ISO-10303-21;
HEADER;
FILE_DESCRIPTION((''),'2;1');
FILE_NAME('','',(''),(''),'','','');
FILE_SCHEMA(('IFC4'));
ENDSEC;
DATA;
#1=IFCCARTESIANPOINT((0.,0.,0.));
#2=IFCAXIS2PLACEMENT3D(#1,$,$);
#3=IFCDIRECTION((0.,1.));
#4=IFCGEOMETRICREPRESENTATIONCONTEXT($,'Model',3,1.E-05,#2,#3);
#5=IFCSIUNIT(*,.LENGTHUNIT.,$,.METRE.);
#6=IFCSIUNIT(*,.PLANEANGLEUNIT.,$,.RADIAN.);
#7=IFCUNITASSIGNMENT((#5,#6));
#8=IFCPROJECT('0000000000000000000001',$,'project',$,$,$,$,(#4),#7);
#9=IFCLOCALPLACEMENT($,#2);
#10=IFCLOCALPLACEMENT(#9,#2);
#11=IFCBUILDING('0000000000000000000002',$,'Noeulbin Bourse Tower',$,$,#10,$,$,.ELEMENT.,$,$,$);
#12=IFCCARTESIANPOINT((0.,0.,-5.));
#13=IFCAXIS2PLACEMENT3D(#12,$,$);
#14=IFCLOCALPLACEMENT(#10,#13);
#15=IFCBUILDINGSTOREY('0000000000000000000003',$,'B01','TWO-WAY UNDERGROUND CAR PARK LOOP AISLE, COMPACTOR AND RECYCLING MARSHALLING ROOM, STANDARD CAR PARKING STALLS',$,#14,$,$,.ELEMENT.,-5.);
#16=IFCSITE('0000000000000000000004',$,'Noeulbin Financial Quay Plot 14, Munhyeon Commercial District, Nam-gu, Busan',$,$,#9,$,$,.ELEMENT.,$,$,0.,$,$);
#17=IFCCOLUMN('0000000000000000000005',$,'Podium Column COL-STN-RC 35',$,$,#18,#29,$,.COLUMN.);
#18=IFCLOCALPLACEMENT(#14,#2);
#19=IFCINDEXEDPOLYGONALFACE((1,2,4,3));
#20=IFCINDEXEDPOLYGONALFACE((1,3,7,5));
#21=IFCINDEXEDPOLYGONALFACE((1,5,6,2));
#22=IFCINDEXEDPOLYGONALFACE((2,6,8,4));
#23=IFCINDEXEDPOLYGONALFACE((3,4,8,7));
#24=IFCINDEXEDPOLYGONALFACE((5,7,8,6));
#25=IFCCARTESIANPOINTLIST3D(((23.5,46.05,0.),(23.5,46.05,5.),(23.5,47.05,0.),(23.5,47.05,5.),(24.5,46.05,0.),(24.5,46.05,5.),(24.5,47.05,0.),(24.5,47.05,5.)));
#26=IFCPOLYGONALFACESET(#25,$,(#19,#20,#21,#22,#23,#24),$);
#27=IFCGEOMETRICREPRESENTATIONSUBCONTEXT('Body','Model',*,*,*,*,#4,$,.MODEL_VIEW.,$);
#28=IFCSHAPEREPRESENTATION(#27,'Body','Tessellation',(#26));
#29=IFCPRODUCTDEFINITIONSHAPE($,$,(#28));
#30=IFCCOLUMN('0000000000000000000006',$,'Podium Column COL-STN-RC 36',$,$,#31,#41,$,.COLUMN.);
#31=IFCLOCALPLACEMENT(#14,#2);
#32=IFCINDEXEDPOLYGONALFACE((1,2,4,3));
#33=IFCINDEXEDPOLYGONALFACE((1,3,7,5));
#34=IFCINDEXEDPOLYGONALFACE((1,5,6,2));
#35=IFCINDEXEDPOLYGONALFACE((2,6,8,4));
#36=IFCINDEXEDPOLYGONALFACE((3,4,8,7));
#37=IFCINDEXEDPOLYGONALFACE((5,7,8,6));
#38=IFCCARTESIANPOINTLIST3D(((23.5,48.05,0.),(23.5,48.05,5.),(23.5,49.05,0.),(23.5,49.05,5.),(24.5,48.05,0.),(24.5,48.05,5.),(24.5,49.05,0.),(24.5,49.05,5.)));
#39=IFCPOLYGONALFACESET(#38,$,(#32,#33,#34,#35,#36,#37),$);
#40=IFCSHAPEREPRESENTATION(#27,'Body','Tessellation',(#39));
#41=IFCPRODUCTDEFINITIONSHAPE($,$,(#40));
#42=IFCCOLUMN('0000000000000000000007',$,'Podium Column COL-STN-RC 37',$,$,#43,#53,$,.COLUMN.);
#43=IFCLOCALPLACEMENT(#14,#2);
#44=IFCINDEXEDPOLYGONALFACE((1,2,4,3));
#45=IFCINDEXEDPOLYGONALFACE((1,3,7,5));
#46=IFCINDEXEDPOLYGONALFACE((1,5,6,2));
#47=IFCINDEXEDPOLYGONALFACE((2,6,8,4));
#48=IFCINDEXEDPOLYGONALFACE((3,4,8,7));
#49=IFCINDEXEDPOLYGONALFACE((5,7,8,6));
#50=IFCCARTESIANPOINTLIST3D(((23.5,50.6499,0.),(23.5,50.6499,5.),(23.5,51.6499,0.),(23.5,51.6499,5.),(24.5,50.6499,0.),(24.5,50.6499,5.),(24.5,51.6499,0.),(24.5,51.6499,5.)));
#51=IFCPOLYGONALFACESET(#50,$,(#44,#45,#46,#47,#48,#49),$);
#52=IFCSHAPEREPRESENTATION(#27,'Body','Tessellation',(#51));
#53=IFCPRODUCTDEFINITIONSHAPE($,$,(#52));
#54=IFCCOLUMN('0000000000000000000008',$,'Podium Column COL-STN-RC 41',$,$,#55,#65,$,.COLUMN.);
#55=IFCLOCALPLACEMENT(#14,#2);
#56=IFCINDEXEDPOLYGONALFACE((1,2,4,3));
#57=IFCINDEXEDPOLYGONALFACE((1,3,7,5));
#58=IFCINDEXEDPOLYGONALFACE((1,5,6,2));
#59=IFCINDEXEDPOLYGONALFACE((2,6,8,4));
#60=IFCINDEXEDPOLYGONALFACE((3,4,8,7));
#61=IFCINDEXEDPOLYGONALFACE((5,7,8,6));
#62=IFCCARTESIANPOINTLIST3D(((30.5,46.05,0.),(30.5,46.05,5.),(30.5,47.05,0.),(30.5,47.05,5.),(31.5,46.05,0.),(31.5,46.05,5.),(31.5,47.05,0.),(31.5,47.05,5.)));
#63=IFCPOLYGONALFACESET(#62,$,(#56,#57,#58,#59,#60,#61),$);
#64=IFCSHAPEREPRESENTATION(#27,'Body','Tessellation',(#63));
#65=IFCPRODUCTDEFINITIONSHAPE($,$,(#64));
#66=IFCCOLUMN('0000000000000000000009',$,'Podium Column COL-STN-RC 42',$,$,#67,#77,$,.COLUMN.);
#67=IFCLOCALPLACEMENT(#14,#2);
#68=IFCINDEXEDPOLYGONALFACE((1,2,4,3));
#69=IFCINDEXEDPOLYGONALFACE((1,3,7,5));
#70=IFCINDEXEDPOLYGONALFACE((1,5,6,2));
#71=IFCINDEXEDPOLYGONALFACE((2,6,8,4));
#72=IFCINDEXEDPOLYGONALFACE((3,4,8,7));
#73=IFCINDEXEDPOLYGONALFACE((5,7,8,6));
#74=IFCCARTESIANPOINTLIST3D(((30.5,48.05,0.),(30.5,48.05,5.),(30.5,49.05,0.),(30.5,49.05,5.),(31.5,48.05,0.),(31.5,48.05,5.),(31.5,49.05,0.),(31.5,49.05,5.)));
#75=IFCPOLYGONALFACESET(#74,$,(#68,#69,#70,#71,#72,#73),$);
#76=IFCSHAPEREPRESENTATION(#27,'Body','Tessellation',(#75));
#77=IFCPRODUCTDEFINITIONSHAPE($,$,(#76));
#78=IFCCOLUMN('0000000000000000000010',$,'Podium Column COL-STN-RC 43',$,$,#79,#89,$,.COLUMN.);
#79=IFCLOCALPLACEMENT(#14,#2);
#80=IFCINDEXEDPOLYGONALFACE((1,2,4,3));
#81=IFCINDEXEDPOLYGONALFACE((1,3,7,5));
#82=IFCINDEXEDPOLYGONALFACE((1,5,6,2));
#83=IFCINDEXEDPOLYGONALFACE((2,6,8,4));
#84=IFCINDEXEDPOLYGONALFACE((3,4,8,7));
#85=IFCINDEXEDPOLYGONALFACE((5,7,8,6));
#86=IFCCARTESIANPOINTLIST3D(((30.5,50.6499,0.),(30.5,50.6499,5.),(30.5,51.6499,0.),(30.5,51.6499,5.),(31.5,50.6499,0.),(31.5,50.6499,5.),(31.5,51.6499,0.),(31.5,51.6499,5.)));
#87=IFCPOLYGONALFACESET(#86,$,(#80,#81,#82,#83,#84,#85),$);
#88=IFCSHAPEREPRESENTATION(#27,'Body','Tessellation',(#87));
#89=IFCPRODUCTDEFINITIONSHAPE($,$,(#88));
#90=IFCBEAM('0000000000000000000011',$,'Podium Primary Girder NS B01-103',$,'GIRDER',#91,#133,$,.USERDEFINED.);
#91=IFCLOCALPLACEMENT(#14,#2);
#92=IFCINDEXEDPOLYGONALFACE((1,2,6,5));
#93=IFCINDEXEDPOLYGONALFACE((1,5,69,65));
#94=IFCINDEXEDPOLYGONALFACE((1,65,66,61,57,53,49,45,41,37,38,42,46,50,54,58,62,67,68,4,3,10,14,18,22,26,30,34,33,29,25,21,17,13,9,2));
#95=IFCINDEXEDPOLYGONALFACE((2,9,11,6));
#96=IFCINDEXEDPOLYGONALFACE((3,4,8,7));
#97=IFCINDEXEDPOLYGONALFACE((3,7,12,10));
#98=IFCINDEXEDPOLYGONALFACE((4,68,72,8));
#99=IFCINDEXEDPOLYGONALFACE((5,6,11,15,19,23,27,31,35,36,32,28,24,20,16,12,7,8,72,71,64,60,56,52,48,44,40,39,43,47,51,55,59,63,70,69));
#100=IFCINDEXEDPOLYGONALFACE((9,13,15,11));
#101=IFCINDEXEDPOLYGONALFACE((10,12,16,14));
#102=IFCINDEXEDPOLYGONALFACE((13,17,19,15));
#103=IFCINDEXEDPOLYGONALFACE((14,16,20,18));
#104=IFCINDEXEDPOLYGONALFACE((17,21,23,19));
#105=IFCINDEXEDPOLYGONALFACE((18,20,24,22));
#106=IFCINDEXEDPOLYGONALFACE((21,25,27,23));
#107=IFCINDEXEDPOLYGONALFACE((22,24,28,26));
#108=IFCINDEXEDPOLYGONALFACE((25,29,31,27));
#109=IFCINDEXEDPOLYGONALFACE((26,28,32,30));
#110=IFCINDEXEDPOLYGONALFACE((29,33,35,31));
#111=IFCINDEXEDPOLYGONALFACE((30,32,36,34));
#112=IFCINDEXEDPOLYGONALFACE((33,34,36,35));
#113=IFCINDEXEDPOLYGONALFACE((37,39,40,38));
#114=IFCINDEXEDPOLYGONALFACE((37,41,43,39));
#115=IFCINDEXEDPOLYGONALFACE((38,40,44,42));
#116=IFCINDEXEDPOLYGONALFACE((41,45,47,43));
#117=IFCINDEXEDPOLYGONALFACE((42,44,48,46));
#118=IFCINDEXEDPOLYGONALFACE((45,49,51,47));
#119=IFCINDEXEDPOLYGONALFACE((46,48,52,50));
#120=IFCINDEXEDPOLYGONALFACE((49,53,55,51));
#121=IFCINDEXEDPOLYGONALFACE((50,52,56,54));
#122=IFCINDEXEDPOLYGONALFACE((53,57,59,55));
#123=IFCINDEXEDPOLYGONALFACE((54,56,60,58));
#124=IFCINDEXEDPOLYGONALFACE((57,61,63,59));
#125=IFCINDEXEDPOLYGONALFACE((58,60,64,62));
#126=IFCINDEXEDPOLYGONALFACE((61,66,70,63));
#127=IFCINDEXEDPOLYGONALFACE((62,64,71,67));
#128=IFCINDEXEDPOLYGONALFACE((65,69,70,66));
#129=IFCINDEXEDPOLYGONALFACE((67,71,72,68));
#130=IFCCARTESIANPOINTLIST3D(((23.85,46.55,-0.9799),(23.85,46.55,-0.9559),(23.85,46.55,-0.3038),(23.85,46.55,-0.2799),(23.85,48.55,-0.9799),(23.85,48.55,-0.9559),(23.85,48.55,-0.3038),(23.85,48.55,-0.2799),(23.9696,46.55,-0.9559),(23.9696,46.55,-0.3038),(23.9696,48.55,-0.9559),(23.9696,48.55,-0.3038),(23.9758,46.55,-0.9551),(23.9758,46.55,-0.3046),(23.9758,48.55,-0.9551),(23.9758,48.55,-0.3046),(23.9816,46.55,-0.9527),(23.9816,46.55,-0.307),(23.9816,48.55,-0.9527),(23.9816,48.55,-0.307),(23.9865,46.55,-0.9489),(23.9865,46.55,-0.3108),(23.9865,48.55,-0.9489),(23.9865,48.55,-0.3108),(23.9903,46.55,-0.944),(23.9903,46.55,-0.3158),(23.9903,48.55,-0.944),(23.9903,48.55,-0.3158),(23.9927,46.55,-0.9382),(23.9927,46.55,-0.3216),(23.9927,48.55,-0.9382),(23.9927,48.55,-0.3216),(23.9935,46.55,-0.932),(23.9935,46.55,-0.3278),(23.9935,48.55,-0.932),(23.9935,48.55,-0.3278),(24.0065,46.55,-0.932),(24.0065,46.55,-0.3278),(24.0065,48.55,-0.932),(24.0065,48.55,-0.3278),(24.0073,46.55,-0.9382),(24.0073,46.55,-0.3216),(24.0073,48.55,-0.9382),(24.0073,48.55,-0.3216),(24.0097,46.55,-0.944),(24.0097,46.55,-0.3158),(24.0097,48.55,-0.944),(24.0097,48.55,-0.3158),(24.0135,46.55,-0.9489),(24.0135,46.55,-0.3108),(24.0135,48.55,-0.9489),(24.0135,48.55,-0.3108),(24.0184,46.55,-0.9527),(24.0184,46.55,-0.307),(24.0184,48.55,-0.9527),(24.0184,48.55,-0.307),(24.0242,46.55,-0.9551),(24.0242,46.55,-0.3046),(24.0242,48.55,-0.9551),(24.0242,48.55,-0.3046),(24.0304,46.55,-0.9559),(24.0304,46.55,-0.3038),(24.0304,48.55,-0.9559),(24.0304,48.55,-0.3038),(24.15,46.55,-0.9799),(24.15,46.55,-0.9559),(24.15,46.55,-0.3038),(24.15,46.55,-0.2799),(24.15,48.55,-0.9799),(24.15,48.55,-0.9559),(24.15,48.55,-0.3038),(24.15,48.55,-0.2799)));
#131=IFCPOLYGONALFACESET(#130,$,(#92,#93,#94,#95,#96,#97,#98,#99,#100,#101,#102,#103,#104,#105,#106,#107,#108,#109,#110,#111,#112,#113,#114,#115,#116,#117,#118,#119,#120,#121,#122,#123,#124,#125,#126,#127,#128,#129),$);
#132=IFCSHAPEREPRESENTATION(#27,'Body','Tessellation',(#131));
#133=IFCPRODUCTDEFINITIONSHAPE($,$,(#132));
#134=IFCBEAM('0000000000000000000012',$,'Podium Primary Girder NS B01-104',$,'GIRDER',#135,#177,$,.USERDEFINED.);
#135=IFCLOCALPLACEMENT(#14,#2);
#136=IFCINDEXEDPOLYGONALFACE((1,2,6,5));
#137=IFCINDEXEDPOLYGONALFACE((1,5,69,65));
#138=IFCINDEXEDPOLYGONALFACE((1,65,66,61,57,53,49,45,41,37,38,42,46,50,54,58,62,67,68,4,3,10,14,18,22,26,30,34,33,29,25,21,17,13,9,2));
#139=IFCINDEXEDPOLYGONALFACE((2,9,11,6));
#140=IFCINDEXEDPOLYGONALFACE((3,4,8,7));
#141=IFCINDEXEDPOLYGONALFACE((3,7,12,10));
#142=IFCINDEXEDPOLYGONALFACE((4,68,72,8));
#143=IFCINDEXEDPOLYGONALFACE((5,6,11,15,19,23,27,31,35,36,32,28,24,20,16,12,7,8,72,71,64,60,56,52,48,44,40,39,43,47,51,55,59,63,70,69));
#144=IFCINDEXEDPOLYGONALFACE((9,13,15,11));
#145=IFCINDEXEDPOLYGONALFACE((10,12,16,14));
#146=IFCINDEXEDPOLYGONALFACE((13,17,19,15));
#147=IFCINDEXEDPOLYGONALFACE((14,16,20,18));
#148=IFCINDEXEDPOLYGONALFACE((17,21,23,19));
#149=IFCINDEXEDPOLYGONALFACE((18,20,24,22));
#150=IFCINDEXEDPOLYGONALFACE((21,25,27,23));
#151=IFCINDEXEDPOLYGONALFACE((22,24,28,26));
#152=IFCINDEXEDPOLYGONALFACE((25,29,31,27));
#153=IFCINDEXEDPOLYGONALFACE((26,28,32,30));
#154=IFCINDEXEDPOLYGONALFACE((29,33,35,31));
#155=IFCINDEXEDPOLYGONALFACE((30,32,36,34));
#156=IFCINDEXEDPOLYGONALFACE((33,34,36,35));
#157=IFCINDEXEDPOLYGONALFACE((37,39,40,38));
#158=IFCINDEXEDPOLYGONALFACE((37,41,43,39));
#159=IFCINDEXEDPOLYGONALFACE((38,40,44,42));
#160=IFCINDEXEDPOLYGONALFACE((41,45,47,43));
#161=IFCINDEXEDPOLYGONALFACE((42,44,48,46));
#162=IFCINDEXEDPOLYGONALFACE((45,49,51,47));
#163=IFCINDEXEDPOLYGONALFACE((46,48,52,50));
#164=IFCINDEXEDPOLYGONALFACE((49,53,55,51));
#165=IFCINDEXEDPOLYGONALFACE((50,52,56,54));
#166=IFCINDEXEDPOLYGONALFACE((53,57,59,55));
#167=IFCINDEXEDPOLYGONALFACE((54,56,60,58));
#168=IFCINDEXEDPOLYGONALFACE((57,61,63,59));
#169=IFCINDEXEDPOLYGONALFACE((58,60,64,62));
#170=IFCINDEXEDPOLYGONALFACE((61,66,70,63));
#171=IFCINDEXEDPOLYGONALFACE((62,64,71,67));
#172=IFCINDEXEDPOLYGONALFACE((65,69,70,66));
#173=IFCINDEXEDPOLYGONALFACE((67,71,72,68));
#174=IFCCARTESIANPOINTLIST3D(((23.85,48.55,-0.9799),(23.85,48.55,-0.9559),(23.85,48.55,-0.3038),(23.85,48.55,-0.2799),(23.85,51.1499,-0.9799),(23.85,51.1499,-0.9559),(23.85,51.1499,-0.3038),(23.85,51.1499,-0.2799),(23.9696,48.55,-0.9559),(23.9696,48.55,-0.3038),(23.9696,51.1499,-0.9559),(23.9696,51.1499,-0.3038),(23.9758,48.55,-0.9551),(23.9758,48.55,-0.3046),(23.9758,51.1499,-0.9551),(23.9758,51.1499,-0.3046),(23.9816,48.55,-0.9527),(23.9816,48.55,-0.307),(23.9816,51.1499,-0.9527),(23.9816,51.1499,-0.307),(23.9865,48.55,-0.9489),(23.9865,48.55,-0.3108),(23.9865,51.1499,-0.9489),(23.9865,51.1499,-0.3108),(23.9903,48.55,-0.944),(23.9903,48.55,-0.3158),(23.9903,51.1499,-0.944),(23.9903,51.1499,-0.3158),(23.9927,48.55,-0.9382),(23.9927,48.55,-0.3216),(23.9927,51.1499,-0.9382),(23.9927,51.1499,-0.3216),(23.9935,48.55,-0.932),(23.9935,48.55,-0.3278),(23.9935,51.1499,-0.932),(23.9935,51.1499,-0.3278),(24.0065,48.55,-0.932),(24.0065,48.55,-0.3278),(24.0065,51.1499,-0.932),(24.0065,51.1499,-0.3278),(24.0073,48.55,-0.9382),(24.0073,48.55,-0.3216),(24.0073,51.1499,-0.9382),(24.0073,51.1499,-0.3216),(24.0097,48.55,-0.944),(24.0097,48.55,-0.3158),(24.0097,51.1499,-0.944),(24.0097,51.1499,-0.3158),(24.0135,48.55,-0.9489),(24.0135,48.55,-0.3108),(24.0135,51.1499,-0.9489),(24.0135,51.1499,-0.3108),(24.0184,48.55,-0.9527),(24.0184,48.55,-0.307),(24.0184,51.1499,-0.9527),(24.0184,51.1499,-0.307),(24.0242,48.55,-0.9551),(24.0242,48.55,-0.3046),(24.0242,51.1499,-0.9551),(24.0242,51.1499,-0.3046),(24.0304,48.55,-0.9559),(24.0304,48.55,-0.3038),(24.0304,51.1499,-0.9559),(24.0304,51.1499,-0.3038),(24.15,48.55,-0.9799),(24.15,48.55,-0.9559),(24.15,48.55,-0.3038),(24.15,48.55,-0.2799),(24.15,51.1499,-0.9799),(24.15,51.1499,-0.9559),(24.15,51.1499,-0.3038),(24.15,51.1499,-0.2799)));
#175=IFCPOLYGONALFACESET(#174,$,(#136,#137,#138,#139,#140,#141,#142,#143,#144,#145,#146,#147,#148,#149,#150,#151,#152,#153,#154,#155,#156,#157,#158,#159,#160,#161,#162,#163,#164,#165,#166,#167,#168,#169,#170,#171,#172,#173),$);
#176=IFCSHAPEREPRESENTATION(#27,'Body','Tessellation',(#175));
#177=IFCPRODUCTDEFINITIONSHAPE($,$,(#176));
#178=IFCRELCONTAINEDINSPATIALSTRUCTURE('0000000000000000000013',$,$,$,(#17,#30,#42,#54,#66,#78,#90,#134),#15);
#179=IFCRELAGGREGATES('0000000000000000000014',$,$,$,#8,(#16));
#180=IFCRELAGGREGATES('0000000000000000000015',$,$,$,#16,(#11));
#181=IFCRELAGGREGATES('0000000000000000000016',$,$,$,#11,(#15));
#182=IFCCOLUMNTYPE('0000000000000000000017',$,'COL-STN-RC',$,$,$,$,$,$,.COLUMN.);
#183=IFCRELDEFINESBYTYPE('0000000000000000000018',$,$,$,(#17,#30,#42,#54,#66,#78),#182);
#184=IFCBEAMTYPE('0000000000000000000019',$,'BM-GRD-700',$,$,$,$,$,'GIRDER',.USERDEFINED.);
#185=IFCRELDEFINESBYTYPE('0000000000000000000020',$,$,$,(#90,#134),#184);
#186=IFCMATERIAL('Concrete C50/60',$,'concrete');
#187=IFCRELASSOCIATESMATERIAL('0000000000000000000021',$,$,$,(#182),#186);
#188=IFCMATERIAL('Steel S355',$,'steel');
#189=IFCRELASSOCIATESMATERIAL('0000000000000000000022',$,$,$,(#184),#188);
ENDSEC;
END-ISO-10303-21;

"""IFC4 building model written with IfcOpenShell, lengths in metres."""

from ifc_helpers import new_model, si_unit, direction, frame, origin, origin_2d, place, context, subcontext, project, spatial, rectangle, i_section, extrude, material, material_profile, profile_set, type_object, element, save


model = new_model("IFC4")

# Units and contexts
model_context = context("Model", 3, precision=1e-05, world=origin(), true_north=direction((0.0, 1.0)))
body_context = subcontext(model_context, "Body", "Model", "MODEL_VIEW")
ifc_project = project(units=[si_unit("LENGTHUNIT", "METRE"), si_unit("PLANEANGLEUNIT", "RADIAN")], contexts=[model_context])

# Site, building, storey
site_placement = place(None, origin())
site = spatial("IfcSite", under=ifc_project, at=site_placement, Name="Noeulbin Financial Quay Plot 14, Munhyeon Commercial District, Nam-gu, Busan", CompositionType="ELEMENT", RefElevation=0.0)
building_placement = place(site_placement, origin())
building = spatial("IfcBuilding", under=site, at=building_placement, Name="Noeulbin Bourse Tower", CompositionType="ELEMENT")
storey_placement = place(building_placement, frame((0.0, 0.0, -5.0)))
storey = spatial("IfcBuildingStorey", under=building, at=storey_placement, Name="B01", Description="TWO-WAY UNDERGROUND CAR PARK LOOP AISLE, COMPACTOR AND RECYCLING MARSHALLING ROOM, STANDARD CAR PARKING STALLS", CompositionType="ELEMENT", Elevation=-5.0)

# Columns
ifc_material_1 = material(Name="Concrete C50/60", Category="concrete")
ifc_material_profile_1 = material_profile(ifc_material_1, rectangle(XDim=1.0, YDim=1.0, at=origin_2d()), Name="RC-COL-1000x1000", Category="LoadBearing")
ifc_profile_set_1 = profile_set([ifc_material_profile_1], Name="Concrete C50/60")
column_type = type_object("IfcColumnType", Name="COL-STN-RC", PredefinedType="COLUMN", material=ifc_profile_set_1)
for number, where, z_axis, x_axis, name in (
    (1, (24.0, 46.55, 0.0), (0.0, 0.0, 1.0), (1.0, 0.0, 0.0), "Podium Column COL-STN-RC 35"),
    (2, (24.0, 48.55, 0.0), (0.0, 0.0, 1.0), (1.0, 0.0, 0.0), "Podium Column COL-STN-RC 36"),
    (3, (24.0, 51.1499, 0.0), (0.0, 0.0, 1.0), (1.0, 0.0, 0.0), "Podium Column COL-STN-RC 37"),
    (4, (31.0, 46.55, 0.0), (0.0, 0.0, 1.0), (1.0, 0.0, 0.0), "Podium Column COL-STN-RC 41"),
    (5, (31.0, 48.55, 0.0), (0.0, 0.0, 1.0), (1.0, 0.0, 0.0), "Podium Column COL-STN-RC 42"),
    (6, (31.0, 51.1499, 0.0), (0.0, 0.0, 1.0), (1.0, 0.0, 0.0), "Podium Column COL-STN-RC 43"),
):
    element("IfcColumn", number, at=place(storey_placement, frame(where, z_axis=z_axis, x_axis=x_axis)), inside=storey, type_object=column_type, Name=name, PredefinedType="COLUMN", context=body_context, shape_type="SweptSolid", body=[
        extrude(rectangle(XDim=1.0, YDim=1.0, at=origin_2d()), origin(), (0.0, 0.0, 1.0), 5.0),
    ])

# Beams
ifc_material_2 = material(Name="Steel S355", Category="steel")
ifc_material_profile_2 = material_profile(ifc_material_2, i_section(OverallWidth=0.3, OverallDepth=0.7, WebThickness=0.0129, FlangeThickness=0.0239, FilletRadius=0.0239, at=origin_2d()), Name="H-700x300x13x24", Category="LoadBearing")
ifc_profile_set_2 = profile_set([ifc_material_profile_2], Name="Steel S355")
beam_type_1 = type_object("IfcBeamType", Name="BM-GRD-700", ElementType="GIRDER", PredefinedType="USERDEFINED", material=ifc_profile_set_2)
beam_1_placement = place(storey_placement, frame((24.0, 46.55, -0.6299), z_axis=(0.0, 1.0, 0.0), x_axis=(-1.0, 0.0, 0.0)))
element("IfcBeam", 7, at=beam_1_placement, inside=storey, type_object=beam_type_1, Name="Podium Primary Girder NS B01-103", ObjectType="GIRDER", PredefinedType="USERDEFINED", context=body_context, shape_type="SweptSolid", body=[
    extrude(i_section(OverallWidth=0.3, OverallDepth=0.7, WebThickness=0.0129, FlangeThickness=0.0239, FilletRadius=0.0239, at=origin_2d()), origin(), (0.0, 0.0, 1.0), 2.0),
])
beam_2_placement = place(storey_placement, frame((24.0, 48.55, -0.6299), z_axis=(0.0, 1.0, 0.0), x_axis=(-1.0, 0.0, 0.0)))
element("IfcBeam", 8, at=beam_2_placement, inside=storey, type_object=beam_type_1, Name="Podium Primary Girder NS B01-104", ObjectType="GIRDER", PredefinedType="USERDEFINED", context=body_context, shape_type="SweptSolid", body=[
    extrude(i_section(OverallWidth=0.3, OverallDepth=0.7, WebThickness=0.0129, FlangeThickness=0.0239, FilletRadius=0.0239, at=origin_2d()), origin(), (0.0, 0.0, 1.0), 2.5999),
])

save(model, "model.ifc")
